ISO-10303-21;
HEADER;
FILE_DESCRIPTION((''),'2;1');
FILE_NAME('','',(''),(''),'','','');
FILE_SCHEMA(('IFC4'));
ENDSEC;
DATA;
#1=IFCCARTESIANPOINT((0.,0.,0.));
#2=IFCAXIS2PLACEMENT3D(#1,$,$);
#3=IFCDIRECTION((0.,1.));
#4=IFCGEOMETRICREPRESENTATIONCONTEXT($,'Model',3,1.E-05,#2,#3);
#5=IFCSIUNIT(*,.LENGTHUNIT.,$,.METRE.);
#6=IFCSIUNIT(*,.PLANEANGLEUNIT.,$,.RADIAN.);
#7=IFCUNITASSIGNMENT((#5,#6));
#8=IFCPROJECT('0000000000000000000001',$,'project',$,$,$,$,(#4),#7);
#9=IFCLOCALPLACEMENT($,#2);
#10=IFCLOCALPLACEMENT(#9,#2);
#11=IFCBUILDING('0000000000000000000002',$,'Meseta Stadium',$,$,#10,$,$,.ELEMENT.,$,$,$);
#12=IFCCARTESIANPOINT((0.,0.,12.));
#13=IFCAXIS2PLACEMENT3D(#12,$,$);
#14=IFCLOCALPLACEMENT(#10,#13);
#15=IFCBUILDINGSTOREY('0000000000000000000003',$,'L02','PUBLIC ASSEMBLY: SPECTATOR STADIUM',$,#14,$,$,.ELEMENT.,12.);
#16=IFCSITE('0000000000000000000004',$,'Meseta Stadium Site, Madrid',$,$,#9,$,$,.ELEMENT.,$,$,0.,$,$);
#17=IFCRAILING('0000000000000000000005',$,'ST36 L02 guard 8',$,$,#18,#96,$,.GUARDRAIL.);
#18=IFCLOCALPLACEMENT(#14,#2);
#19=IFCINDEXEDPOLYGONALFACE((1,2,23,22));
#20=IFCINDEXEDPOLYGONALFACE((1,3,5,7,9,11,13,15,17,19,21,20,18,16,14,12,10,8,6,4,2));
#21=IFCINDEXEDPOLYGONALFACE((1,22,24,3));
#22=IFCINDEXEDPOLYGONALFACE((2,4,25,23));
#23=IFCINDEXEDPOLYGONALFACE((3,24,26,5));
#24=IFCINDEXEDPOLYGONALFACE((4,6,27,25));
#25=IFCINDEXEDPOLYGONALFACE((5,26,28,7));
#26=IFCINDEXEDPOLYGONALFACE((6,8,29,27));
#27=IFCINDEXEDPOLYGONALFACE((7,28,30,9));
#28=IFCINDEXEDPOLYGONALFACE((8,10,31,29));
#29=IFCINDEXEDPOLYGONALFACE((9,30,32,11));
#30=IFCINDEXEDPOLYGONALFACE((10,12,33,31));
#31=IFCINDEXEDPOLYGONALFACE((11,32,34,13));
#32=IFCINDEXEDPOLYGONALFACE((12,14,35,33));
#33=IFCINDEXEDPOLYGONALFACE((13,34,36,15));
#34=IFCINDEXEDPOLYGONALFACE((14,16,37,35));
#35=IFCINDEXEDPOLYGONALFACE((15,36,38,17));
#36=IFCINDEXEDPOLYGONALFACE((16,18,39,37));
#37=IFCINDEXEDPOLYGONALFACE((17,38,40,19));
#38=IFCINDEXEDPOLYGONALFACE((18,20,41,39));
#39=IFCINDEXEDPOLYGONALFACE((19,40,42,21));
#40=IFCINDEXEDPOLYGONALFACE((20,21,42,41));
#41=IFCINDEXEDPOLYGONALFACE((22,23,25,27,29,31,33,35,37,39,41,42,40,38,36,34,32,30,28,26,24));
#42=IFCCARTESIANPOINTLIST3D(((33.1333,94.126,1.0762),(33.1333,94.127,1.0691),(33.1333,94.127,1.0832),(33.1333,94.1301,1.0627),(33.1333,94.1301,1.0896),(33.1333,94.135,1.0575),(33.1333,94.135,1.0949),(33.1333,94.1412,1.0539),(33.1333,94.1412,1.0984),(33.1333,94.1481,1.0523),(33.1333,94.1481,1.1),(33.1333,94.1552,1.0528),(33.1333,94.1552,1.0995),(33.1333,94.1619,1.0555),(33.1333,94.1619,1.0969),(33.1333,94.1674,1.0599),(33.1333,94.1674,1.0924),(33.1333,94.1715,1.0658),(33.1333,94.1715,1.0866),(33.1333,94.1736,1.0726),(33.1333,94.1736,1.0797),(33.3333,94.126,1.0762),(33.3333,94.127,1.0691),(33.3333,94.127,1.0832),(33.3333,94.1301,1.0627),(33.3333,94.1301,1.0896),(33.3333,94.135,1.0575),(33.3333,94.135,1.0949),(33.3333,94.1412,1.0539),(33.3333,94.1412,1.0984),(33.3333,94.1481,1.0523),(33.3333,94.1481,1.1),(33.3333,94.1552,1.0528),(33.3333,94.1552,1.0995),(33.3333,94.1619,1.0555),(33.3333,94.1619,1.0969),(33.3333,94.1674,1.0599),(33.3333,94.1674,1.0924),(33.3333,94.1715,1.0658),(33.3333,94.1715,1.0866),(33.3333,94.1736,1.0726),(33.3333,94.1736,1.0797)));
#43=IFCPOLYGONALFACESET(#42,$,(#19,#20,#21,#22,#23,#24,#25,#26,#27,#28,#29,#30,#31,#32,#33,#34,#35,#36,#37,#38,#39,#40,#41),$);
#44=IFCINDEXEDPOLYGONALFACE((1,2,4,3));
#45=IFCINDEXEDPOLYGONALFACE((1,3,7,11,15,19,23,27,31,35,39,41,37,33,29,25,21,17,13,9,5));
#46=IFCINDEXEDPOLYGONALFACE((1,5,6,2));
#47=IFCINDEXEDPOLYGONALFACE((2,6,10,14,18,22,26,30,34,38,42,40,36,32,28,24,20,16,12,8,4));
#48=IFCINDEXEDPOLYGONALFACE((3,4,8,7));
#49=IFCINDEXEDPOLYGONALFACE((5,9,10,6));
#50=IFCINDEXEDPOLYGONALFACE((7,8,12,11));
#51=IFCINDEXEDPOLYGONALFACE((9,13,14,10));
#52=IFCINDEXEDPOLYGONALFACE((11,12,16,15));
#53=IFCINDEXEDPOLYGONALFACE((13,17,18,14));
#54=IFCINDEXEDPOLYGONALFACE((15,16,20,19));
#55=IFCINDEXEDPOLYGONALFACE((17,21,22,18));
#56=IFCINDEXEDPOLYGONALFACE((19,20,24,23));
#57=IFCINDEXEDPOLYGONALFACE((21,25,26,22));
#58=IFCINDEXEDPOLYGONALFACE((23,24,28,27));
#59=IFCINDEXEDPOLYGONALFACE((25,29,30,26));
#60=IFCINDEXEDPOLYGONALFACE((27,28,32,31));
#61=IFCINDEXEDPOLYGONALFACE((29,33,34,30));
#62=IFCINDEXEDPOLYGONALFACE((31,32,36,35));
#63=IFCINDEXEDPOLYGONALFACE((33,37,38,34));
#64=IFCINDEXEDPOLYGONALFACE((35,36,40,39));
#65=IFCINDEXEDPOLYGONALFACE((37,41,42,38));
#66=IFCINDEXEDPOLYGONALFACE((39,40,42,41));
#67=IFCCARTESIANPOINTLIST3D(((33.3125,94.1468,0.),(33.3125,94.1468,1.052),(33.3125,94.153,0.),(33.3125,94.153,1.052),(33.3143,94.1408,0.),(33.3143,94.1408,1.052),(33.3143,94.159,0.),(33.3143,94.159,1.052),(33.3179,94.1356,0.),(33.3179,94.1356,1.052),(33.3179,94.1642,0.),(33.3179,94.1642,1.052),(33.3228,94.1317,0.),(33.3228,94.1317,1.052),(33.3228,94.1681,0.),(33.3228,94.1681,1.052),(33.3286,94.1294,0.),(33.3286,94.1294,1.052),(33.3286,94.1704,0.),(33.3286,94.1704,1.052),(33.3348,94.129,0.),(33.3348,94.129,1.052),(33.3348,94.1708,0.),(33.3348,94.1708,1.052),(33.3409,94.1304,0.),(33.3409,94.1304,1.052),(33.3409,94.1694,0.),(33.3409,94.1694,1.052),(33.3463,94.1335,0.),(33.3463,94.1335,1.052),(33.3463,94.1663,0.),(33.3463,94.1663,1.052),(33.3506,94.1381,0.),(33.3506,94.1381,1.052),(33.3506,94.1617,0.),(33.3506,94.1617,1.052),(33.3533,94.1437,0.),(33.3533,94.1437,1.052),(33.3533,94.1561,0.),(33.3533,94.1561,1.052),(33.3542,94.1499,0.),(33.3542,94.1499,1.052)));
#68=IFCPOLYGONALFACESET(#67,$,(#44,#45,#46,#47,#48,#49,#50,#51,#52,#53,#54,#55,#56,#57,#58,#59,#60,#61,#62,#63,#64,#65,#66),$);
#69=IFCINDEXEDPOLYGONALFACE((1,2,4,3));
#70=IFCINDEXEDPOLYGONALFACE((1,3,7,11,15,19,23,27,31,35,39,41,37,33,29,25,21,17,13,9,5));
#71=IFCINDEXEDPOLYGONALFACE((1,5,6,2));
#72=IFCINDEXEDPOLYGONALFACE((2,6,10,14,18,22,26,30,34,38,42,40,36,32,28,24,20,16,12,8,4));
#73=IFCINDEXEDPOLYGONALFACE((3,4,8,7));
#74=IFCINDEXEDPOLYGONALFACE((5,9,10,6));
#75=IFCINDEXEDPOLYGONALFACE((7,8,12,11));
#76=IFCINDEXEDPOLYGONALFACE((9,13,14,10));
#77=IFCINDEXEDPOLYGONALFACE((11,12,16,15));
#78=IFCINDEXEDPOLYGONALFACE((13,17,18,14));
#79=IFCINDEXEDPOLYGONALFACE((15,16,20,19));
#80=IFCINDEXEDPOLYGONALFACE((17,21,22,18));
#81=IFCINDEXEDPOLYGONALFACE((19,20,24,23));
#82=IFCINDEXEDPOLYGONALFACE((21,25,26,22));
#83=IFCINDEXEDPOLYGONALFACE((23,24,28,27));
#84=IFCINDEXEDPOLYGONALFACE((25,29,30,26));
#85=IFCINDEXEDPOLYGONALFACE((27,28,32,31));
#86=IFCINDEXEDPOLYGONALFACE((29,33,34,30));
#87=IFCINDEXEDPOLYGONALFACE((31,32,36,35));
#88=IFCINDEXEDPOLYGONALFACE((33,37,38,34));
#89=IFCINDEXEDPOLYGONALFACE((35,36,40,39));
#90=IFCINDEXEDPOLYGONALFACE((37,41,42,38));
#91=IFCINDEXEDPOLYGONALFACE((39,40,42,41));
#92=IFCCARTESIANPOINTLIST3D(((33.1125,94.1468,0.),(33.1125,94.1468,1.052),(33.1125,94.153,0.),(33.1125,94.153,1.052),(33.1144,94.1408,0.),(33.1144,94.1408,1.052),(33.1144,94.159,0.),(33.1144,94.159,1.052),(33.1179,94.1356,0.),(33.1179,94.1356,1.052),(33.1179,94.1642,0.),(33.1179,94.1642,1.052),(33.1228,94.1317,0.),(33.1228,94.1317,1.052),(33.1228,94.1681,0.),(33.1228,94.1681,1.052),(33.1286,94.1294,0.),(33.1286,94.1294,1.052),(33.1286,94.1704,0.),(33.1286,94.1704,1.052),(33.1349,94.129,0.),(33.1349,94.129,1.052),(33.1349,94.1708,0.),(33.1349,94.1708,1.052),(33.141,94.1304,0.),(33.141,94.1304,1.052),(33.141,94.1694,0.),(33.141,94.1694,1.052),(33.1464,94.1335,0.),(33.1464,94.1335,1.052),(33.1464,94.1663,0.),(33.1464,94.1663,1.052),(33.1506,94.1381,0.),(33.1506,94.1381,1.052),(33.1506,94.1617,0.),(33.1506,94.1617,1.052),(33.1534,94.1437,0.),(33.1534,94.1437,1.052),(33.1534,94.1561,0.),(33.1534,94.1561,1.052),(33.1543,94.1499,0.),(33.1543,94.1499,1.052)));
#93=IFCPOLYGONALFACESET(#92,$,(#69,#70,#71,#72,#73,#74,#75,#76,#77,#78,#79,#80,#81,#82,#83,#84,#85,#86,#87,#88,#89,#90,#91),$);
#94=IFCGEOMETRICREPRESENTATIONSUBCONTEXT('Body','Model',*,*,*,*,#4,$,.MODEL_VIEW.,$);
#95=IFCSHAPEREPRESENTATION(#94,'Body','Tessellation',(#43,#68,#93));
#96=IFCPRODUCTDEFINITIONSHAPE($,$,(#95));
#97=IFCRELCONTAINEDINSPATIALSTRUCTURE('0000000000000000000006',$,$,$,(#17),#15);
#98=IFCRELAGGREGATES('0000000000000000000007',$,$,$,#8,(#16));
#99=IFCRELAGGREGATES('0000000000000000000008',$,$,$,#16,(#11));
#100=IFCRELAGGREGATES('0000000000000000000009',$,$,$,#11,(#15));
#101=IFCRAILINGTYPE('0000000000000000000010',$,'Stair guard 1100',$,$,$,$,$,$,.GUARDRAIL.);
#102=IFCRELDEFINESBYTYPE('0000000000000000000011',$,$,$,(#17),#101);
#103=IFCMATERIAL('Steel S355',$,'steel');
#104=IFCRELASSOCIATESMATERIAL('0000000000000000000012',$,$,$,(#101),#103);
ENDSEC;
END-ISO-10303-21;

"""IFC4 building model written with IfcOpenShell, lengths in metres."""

from ifc_helpers import new_model, si_unit, direction, frame, origin, origin_2d, place, context, subcontext, project, spatial, circle, extrude, material, type_object, element, save


model = new_model("IFC4")

# Units and contexts
model_context = context("Model", 3, precision=1e-05, world=origin(), true_north=direction((0.0, 1.0)))
body_context = subcontext(model_context, "Body", "Model", "MODEL_VIEW")
ifc_project = project(units=[si_unit("LENGTHUNIT", "METRE"), si_unit("PLANEANGLEUNIT", "RADIAN")], contexts=[model_context])

# Site, building, storey
site_placement = place(None, origin())
site = spatial("IfcSite", under=ifc_project, at=site_placement, Name="Meseta Stadium Site, Madrid", CompositionType="ELEMENT", RefElevation=0.0)
building_placement = place(site_placement, origin())
building = spatial("IfcBuilding", under=site, at=building_placement, Name="Meseta Stadium", CompositionType="ELEMENT")
storey_placement = place(building_placement, frame((0.0, 0.0, 12.0)))
storey = spatial("IfcBuildingStorey", under=building, at=storey_placement, Name="L02", Description="PUBLIC ASSEMBLY: SPECTATOR STADIUM", CompositionType="ELEMENT", Elevation=12.0)

# Railing
ifc_material_1 = material(Name="Steel S355", Category="steel")
railing_type_1 = type_object("IfcRailingType", Name="Stair guard 1100", PredefinedType="GUARDRAIL", material=ifc_material_1)
railing_1_placement = place(storey_placement, frame((33.3333, 94.1499, 0.0)))
element("IfcRailing", 1, at=railing_1_placement, inside=storey, type_object=railing_type_1, Name="ST36 L02 guard 8", PredefinedType="GUARDRAIL", context=body_context, shape_type="SweptSolid", body=[
    extrude(circle(Radius=0.0239, at=origin_2d()), frame((0.0, 0.0, 1.0762), z_axis=(-1.0, 0.0, 0.0), x_axis=(0.0, -1.0, 0.0)), (0.0, 0.0, 1.0), 0.2),
    extrude(circle(Radius=0.021, at=origin_2d()), origin(), (0.0, 0.0, 1.0), 1.052),
    extrude(circle(Radius=0.021, at=origin_2d()), frame((-0.2, 0.0, 0.0)), (0.0, 0.0, 1.0), 1.052),
])

save(model, "model.ifc")
